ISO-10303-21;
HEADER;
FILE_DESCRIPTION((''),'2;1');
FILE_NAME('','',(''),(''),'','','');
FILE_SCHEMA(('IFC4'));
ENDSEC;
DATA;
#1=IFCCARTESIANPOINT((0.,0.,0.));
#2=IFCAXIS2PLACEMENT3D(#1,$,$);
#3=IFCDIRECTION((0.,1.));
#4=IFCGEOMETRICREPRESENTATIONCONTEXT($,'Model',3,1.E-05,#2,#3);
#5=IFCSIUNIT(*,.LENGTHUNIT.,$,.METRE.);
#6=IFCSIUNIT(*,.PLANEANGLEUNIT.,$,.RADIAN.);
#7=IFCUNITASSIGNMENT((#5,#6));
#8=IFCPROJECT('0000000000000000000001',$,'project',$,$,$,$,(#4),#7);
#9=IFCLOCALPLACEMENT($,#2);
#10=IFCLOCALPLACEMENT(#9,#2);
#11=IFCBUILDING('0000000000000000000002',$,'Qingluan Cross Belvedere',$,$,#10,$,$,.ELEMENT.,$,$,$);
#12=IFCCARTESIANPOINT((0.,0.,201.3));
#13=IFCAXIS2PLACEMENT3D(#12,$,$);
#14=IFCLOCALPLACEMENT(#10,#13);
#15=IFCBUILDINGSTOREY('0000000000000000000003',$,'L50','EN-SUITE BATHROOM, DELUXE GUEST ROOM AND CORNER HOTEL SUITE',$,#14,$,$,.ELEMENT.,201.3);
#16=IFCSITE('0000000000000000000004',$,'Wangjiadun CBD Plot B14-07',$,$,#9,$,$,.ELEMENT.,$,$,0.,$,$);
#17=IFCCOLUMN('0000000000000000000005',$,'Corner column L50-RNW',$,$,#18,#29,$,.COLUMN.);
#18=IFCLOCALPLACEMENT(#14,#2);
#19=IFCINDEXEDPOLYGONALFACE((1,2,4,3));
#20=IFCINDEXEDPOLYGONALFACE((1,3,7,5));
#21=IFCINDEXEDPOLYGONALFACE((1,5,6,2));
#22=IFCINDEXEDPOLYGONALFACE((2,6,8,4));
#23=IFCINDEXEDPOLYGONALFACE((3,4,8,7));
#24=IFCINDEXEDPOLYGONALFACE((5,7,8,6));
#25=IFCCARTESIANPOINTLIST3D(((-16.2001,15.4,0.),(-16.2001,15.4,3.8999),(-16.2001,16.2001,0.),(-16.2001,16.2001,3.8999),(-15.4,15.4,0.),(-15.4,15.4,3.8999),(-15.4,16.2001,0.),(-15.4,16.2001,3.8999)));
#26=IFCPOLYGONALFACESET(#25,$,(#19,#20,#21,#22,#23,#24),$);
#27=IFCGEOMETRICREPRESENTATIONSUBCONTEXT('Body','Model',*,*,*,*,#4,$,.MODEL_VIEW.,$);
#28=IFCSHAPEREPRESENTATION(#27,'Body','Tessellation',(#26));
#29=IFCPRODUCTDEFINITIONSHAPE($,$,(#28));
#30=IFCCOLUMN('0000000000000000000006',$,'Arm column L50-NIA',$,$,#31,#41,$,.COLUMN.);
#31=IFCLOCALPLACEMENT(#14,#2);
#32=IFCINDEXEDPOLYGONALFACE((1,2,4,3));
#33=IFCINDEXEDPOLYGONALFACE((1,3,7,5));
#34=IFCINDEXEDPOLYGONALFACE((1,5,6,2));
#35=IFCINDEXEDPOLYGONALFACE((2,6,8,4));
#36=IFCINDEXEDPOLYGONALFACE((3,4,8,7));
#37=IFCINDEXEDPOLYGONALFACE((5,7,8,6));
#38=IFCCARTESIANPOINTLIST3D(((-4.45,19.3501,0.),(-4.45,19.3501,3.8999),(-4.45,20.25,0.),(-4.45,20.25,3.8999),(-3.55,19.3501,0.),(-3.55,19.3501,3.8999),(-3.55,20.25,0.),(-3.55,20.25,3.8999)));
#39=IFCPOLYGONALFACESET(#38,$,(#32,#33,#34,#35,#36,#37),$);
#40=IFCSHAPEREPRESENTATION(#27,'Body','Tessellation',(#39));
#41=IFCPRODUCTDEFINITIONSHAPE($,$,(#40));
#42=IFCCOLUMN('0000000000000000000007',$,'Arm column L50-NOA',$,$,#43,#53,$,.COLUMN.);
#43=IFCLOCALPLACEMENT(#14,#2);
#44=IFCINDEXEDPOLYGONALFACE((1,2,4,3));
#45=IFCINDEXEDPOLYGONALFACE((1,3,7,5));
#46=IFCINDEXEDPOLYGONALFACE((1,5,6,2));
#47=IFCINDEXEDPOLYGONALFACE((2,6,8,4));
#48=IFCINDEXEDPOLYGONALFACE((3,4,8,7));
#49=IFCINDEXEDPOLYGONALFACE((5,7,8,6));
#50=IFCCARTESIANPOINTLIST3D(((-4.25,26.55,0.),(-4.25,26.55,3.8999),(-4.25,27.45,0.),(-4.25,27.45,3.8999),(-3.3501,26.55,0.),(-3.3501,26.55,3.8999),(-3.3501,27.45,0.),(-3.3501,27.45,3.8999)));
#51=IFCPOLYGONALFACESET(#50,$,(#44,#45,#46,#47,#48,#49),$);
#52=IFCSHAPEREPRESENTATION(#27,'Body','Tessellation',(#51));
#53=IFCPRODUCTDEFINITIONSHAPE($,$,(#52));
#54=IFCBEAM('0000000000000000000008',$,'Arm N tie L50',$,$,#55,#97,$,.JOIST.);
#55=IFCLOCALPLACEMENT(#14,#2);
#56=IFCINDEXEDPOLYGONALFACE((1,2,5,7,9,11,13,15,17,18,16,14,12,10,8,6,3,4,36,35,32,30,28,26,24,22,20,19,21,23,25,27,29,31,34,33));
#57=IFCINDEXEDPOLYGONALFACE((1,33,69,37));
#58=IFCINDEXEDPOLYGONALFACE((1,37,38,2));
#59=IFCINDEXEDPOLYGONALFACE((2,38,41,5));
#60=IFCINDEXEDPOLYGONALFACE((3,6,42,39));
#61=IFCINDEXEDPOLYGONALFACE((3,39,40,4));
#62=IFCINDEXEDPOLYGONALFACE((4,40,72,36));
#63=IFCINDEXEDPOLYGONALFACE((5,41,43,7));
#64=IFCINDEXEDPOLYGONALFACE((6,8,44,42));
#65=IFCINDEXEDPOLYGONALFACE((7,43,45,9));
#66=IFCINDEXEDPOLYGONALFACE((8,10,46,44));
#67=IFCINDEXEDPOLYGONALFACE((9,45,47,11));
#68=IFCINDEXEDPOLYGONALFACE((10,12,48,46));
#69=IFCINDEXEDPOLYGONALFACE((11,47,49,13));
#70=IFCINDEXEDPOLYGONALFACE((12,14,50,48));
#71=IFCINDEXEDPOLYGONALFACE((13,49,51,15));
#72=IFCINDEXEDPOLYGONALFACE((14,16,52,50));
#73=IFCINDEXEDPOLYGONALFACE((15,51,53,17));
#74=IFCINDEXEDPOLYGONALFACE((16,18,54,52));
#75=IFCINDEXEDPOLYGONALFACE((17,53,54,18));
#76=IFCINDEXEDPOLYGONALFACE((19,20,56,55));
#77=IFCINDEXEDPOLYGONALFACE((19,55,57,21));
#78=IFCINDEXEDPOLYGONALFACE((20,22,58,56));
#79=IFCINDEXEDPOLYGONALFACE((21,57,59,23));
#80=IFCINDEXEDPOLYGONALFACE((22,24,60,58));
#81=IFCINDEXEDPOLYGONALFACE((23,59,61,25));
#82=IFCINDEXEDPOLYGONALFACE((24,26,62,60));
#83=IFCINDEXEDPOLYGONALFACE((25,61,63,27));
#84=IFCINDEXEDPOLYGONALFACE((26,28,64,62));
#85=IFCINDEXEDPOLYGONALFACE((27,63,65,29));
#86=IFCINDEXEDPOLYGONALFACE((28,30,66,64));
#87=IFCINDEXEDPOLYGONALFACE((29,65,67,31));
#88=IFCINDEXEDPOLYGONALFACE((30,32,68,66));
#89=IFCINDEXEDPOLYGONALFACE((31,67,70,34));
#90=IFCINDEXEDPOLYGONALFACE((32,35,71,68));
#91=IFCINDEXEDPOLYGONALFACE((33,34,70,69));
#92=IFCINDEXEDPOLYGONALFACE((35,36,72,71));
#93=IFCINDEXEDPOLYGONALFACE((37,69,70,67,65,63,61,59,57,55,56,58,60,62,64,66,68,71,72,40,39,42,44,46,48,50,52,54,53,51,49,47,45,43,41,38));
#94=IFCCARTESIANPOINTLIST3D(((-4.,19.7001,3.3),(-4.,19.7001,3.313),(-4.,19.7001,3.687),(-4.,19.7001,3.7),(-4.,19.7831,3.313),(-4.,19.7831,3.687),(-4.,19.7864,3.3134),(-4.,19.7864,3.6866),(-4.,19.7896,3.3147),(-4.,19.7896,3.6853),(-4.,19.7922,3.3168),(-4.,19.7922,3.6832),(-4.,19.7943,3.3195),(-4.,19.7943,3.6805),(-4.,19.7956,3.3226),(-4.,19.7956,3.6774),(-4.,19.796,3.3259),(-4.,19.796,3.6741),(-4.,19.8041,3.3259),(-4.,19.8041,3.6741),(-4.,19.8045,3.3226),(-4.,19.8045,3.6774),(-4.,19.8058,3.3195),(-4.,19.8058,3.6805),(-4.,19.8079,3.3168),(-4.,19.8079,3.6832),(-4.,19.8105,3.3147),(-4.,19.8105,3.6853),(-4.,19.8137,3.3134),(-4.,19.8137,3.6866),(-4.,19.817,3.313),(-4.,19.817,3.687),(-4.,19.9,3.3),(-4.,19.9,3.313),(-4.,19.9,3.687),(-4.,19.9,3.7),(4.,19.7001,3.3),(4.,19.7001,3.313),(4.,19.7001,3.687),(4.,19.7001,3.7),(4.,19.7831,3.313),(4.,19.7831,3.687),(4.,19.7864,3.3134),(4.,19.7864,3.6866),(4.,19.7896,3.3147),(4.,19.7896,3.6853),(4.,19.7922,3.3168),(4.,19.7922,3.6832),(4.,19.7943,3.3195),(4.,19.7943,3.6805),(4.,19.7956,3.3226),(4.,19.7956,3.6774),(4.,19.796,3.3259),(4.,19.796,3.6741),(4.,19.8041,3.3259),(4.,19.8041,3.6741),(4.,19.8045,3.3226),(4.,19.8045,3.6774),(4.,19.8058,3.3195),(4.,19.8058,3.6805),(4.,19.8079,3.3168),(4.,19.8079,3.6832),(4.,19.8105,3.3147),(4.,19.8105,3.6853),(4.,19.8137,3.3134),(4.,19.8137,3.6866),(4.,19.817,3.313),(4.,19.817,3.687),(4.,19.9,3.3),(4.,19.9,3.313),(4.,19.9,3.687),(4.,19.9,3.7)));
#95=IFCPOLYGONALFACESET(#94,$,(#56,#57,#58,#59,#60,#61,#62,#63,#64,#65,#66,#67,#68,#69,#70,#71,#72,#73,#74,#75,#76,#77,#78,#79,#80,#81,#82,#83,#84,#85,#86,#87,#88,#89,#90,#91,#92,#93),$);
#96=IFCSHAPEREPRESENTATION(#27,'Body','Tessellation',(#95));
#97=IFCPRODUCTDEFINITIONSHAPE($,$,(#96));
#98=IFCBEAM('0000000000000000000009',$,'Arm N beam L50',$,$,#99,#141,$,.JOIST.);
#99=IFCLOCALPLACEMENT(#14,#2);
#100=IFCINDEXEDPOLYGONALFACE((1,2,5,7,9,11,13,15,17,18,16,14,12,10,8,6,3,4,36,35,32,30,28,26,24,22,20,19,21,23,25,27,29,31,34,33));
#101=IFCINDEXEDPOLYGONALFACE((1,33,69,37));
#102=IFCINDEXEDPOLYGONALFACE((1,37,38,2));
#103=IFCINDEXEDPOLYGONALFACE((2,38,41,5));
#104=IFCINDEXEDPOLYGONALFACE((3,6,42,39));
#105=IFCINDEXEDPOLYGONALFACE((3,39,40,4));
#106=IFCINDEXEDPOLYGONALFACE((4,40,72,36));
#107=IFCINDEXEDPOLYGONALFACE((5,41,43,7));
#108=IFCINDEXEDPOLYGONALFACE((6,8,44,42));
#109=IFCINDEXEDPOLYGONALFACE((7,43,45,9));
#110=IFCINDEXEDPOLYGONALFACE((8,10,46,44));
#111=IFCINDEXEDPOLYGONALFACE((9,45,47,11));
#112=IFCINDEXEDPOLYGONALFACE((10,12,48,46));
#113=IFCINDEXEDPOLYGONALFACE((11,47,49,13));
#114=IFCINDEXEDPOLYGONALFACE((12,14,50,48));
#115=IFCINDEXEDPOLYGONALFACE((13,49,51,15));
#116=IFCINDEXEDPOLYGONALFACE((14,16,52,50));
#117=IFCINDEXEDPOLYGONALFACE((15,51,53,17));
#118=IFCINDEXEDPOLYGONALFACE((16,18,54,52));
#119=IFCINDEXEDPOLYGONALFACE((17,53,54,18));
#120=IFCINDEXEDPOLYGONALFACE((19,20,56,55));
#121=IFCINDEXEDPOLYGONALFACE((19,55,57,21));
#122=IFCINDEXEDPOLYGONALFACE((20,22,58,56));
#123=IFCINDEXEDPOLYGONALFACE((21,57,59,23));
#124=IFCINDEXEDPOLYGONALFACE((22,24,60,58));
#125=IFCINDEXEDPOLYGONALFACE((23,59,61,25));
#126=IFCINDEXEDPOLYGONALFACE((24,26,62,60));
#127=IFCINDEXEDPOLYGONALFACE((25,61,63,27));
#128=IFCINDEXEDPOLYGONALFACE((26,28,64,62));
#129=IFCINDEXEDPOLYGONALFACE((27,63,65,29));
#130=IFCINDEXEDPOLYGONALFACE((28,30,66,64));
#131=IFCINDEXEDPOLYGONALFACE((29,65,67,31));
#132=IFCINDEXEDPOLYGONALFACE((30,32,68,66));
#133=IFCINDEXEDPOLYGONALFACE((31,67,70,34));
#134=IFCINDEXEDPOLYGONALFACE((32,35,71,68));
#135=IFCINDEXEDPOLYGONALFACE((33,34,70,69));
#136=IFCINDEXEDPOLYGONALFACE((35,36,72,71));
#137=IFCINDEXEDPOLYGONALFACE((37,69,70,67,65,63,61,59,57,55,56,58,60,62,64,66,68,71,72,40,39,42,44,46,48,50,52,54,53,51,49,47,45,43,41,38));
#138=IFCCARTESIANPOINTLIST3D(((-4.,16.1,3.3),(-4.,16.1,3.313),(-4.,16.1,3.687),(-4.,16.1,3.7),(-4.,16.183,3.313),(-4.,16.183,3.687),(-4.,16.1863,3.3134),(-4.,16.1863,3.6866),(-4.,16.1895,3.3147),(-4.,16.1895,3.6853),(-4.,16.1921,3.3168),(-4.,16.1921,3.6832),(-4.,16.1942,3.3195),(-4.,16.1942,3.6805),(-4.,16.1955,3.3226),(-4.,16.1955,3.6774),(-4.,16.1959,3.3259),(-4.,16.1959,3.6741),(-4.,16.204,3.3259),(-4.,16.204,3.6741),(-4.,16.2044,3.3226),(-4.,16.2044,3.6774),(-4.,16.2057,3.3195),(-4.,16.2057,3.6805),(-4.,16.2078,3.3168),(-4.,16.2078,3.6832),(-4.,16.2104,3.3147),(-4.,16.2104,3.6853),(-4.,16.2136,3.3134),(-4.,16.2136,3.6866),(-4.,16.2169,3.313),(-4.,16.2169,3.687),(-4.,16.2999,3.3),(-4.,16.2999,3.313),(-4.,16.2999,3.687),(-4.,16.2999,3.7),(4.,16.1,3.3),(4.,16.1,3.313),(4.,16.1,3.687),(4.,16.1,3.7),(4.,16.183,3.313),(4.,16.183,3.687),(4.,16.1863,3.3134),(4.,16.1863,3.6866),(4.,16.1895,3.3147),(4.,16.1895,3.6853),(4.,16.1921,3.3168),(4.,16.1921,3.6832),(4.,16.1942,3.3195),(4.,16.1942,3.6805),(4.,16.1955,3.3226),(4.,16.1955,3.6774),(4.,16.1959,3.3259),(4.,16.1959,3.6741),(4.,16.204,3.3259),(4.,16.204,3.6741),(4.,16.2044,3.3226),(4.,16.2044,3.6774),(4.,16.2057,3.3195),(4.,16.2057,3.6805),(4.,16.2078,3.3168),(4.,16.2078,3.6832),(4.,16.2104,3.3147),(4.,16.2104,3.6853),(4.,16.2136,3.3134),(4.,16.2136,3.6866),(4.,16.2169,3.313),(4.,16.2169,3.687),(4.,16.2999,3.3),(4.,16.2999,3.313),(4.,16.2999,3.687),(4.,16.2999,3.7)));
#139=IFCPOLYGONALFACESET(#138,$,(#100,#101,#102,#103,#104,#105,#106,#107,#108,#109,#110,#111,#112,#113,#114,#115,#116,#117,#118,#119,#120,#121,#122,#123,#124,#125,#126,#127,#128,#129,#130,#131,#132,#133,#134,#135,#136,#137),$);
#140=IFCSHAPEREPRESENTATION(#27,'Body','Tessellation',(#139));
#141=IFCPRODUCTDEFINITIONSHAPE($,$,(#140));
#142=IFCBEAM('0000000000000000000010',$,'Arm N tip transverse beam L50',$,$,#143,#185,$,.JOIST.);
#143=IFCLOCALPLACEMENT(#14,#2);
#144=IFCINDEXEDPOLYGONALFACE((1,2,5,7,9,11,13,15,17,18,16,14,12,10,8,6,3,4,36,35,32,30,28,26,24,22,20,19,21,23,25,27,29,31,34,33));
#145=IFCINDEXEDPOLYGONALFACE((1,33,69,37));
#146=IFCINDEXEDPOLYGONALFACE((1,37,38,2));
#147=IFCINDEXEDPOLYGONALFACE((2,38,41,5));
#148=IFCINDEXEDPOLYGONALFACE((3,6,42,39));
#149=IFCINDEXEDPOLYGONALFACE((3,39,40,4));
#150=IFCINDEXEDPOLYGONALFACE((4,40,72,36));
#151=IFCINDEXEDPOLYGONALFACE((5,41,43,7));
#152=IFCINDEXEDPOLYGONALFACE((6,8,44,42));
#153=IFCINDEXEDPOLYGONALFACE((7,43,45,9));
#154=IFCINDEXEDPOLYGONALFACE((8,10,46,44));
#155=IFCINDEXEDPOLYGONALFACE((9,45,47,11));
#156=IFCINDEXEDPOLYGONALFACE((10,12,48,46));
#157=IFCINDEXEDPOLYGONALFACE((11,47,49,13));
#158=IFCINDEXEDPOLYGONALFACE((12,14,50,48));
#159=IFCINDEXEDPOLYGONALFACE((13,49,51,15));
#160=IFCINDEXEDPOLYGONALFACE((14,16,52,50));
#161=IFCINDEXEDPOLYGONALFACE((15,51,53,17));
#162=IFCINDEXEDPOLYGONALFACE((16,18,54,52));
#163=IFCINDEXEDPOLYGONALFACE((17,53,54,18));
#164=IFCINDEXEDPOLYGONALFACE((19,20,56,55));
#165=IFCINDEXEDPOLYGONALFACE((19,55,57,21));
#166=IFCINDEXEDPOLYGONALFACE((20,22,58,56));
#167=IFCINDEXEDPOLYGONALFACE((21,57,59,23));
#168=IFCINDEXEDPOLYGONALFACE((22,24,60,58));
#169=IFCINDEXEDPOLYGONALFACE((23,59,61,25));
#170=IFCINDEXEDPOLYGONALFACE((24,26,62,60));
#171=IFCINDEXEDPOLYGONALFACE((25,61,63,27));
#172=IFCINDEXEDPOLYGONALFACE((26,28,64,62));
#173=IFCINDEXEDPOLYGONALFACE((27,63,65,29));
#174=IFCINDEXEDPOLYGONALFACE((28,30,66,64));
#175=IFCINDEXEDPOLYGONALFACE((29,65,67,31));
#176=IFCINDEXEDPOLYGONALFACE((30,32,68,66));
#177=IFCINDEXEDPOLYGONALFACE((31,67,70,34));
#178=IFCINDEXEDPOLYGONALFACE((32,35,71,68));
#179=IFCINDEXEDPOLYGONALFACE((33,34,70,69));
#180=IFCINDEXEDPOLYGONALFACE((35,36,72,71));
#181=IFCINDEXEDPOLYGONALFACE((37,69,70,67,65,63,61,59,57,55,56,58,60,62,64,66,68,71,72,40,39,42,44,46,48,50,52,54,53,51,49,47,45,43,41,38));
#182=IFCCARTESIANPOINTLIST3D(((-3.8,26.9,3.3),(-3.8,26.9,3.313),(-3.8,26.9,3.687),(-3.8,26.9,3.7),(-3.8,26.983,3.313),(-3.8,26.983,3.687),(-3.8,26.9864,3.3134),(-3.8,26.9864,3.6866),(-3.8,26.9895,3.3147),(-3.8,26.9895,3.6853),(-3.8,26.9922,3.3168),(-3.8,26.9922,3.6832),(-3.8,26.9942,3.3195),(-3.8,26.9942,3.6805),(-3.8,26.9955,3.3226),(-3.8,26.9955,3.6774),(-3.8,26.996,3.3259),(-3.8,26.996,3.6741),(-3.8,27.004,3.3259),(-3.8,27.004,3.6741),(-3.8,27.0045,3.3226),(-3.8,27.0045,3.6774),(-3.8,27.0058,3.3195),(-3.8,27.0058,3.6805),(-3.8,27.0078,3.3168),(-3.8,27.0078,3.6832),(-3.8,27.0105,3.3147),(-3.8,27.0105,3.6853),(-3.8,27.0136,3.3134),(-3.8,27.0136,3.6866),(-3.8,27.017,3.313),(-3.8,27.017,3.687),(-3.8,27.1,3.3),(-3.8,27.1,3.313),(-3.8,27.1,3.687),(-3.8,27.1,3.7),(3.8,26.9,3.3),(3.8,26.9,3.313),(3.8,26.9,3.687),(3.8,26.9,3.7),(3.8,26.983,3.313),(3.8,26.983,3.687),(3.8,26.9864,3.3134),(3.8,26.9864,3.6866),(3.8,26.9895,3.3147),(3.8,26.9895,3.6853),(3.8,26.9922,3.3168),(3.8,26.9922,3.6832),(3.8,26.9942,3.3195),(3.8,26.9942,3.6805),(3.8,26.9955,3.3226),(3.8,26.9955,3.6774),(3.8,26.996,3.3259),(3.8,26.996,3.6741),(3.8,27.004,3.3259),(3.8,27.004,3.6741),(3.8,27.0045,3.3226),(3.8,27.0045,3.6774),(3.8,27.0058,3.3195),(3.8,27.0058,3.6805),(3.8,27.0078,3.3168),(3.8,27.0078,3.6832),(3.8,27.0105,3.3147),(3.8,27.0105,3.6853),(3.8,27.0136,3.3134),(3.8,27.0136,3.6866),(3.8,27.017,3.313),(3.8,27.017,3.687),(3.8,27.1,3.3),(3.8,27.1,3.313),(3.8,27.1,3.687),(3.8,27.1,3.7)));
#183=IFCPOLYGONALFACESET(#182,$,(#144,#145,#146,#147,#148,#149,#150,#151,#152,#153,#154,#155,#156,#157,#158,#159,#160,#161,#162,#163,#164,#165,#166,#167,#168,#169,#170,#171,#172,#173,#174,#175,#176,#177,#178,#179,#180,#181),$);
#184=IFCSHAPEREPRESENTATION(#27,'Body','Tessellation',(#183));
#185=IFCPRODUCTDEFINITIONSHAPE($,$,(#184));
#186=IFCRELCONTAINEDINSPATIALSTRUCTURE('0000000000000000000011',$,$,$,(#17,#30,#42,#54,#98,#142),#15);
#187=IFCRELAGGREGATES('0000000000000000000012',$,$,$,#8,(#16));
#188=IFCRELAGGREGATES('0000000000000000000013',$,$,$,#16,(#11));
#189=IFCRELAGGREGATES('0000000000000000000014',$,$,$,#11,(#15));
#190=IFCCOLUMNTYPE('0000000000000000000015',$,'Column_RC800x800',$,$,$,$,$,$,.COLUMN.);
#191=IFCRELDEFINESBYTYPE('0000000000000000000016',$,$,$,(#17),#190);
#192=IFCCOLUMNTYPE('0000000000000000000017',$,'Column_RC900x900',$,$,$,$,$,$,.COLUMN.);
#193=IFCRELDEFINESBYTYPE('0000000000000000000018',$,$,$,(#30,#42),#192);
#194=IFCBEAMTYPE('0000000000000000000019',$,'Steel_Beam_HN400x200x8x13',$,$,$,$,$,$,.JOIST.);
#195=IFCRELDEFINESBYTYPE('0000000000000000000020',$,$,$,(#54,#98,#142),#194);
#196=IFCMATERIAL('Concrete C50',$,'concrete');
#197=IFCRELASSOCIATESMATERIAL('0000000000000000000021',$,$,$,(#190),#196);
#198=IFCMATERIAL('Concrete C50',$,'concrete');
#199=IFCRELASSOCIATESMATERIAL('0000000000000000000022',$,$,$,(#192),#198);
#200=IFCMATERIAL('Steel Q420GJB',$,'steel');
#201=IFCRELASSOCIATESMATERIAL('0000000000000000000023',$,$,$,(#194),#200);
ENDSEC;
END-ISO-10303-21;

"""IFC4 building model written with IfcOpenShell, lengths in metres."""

from ifc_helpers import new_model, si_unit, direction, frame, origin, origin_2d, place, context, subcontext, project, spatial, rectangle, i_section, extrude, material, material_profile, profile_set, type_object, element, save


model = new_model("IFC4")

# Units and contexts
model_context = context("Model", 3, precision=1e-05, world=origin(), true_north=direction((0.0, 1.0)))
body_context = subcontext(model_context, "Body", "Model", "MODEL_VIEW")
ifc_project = project(units=[si_unit("LENGTHUNIT", "METRE"), si_unit("PLANEANGLEUNIT", "RADIAN")], contexts=[model_context])

# Site, building, storey
site_placement = place(None, origin())
site = spatial("IfcSite", under=ifc_project, at=site_placement, Name="Wangjiadun CBD Plot B14-07", CompositionType="ELEMENT", RefElevation=0.0)
building_placement = place(site_placement, origin())
building = spatial("IfcBuilding", under=site, at=building_placement, Name="Qingluan Cross Belvedere", CompositionType="ELEMENT")
storey_placement = place(building_placement, frame((0.0, 0.0, 201.3)))
storey = spatial("IfcBuildingStorey", under=building, at=storey_placement, Name="L50", Description="EN-SUITE BATHROOM, DELUXE GUEST ROOM AND CORNER HOTEL SUITE", CompositionType="ELEMENT", Elevation=201.3)

# Columns
ifc_material_1 = material(Name="Concrete C50", Category="concrete")
ifc_material_profile_1 = material_profile(ifc_material_1, rectangle(XDim=0.8, YDim=0.8, at=origin_2d()), Name="RC800x800")
ifc_profile_set_1 = profile_set([ifc_material_profile_1], Name="Concrete C50")
column_type_1 = type_object("IfcColumnType", Name="Column_RC800x800", PredefinedType="COLUMN", material=ifc_profile_set_1)
column_placement = place(storey_placement, frame((-15.8, 15.8, 0.0), z_axis=(0.0, 0.0, 1.0), x_axis=(1.0, 0.0, 0.0)))
element("IfcColumn", 1, at=column_placement, inside=storey, type_object=column_type_1, Name="Corner column L50-RNW", PredefinedType="COLUMN", context=body_context, shape_type="SweptSolid", body=[
    extrude(rectangle(XDim=0.8, YDim=0.8, at=origin_2d()), origin(), (0.0, 0.0, 1.0), 3.8999),
])
ifc_material_2 = material(Name="Concrete C50", Category="concrete")
ifc_material_profile_2 = material_profile(ifc_material_2, rectangle(XDim=0.8999, YDim=0.8999, at=origin_2d()), Name="RC900x900")
ifc_profile_set_2 = profile_set([ifc_material_profile_2], Name="Concrete C50")
column_type_2 = type_object("IfcColumnType", Name="Column_RC900x900", PredefinedType="COLUMN", material=ifc_profile_set_2)
for number, where, z_axis, x_axis, name in (
    (2, (-4.0, 19.8, 0.0), (0.0, 0.0, 1.0), (1.0, 0.0, 0.0), "Arm column L50-NIA"),
    (3, (-3.8, 27.0, 0.0), (0.0, 0.0, 1.0), (1.0, 0.0, 0.0), "Arm column L50-NOA"),
):
    element("IfcColumn", number, at=place(storey_placement, frame(where, z_axis=z_axis, x_axis=x_axis)), inside=storey, type_object=column_type_2, Name=name, PredefinedType="COLUMN", context=body_context, shape_type="SweptSolid", body=[
        extrude(rectangle(XDim=0.8999, YDim=0.8999, at=origin_2d()), origin(), (0.0, 0.0, 1.0), 3.8999),
    ])

# Beams
ifc_material_3 = material(Name="Steel Q420GJB", Category="steel")
ifc_material_profile_3 = material_profile(ifc_material_3, i_section(OverallWidth=0.2, OverallDepth=0.3999, WebThickness=0.0081, FlangeThickness=0.0129, FilletRadius=0.0129, at=origin_2d()), Name="HN400x200x8x13")
ifc_profile_set_3 = profile_set([ifc_material_profile_3], Name="Steel Q420GJB")
beam_type_1 = type_object("IfcBeamType", Name="Steel_Beam_HN400x200x8x13", PredefinedType="JOIST", material=ifc_profile_set_3)
for number, where, z_axis, x_axis, name in (
    (4, (-4.0, 19.8, 3.5), (1.0, 0.0, 0.0), (0.0, 1.0, 0.0), "Arm N tie L50"),
    (5, (-4.0, 16.2, 3.5), (1.0, 0.0, 0.0), (0.0, 1.0, 0.0), "Arm N beam L50"),
):
    element("IfcBeam", number, at=place(storey_placement, frame(where, z_axis=z_axis, x_axis=x_axis)), inside=storey, type_object=beam_type_1, Name=name, PredefinedType="JOIST", context=body_context, shape_type="SweptSolid", body=[
        extrude(i_section(OverallWidth=0.2, OverallDepth=0.3999, WebThickness=0.0081, FlangeThickness=0.0129, FilletRadius=0.0129, at=origin_2d()), origin(), (0.0, 0.0, 1.0), 8.0),
    ])
beam_1_placement = place(storey_placement, frame((-3.8, 27.0, 3.5), z_axis=(1.0, 0.0, 0.0), x_axis=(0.0, 1.0, 0.0)))
element("IfcBeam", 6, at=beam_1_placement, inside=storey, type_object=beam_type_1, Name="Arm N tip transverse beam L50", PredefinedType="JOIST", context=body_context, shape_type="SweptSolid", body=[
    extrude(i_section(OverallWidth=0.2, OverallDepth=0.3999, WebThickness=0.0081, FlangeThickness=0.0129, FilletRadius=0.0129, at=origin_2d()), origin(), (0.0, 0.0, 1.0), 7.6001),
])

save(model, "model.ifc")
